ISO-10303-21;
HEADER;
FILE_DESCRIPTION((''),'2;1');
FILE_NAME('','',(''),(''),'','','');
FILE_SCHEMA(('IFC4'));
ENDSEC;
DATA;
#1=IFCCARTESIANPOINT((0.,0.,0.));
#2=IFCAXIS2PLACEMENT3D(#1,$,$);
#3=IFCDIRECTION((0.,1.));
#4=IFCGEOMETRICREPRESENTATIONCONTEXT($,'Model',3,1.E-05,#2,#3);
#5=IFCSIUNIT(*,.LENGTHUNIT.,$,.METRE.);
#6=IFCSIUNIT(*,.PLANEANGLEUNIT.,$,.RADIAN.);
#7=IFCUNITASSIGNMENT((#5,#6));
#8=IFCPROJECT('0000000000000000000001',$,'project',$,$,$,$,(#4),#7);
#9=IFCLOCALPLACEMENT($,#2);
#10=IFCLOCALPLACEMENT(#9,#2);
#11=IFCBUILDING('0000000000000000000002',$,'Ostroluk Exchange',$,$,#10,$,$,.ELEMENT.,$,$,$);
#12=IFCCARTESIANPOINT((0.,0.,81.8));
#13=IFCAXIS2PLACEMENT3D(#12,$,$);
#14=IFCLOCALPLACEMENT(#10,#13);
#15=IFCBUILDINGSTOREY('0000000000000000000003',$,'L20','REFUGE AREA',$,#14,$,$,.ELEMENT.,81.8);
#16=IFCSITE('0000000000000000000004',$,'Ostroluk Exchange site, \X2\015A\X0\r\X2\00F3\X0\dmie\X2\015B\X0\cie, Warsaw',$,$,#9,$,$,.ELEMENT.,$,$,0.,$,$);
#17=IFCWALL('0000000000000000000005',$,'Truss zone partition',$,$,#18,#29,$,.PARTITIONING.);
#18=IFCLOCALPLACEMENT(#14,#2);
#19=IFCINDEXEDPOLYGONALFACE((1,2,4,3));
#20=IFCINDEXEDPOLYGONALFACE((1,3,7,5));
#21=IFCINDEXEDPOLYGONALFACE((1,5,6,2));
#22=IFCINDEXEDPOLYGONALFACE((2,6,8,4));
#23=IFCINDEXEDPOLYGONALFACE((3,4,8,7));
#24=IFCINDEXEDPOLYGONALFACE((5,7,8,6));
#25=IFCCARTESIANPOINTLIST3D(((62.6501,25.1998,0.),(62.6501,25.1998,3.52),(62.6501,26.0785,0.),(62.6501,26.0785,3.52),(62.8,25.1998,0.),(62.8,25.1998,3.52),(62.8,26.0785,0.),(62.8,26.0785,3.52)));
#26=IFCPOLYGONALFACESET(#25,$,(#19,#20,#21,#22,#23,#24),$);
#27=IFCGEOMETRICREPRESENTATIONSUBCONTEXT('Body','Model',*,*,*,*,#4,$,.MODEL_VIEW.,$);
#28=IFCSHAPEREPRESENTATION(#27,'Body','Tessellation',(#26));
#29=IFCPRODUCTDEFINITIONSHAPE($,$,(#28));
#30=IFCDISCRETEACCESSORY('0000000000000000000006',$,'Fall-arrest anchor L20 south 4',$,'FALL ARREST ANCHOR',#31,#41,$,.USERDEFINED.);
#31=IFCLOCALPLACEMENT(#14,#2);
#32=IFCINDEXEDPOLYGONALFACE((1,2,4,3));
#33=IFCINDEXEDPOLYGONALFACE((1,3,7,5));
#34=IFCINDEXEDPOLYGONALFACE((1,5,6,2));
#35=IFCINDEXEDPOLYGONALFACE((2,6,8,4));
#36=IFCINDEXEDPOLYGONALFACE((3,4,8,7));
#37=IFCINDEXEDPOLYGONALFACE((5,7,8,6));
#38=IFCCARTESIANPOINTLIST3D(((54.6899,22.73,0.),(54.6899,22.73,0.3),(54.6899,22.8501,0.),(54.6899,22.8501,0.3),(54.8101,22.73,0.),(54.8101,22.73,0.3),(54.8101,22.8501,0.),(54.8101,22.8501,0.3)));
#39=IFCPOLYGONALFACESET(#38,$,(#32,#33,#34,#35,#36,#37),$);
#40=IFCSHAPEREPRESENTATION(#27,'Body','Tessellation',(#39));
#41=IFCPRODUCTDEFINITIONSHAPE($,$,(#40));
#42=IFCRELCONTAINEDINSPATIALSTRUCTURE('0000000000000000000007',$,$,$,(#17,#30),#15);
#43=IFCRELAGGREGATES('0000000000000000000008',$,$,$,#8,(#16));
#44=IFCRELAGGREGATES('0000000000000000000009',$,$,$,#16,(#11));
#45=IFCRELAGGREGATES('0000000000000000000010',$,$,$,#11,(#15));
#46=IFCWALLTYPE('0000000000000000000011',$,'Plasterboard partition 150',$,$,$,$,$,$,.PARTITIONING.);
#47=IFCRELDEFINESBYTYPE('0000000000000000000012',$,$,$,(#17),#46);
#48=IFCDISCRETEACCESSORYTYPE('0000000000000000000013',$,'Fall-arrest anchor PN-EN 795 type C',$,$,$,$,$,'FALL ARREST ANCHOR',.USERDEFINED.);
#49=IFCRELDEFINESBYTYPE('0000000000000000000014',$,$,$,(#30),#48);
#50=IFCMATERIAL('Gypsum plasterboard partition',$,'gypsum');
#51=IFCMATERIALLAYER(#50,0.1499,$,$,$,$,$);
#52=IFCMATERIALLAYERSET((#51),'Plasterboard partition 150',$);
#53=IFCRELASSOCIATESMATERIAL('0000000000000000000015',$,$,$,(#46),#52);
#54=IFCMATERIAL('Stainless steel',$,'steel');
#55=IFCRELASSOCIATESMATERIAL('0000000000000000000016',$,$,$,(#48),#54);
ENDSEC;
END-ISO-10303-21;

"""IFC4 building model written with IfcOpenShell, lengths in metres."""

from ifc_helpers import new_model, si_unit, direction, frame, frame_2d, origin, origin_2d, place, context, subcontext, project, spatial, rectangle, extrude, material, layer, layer_set, type_object, element, save


model = new_model("IFC4")

# Units and contexts
model_context = context("Model", 3, precision=1e-05, world=origin(), true_north=direction((0.0, 1.0)))
body_context = subcontext(model_context, "Body", "Model", "MODEL_VIEW")
ifc_project = project(units=[si_unit("LENGTHUNIT", "METRE"), si_unit("PLANEANGLEUNIT", "RADIAN")], contexts=[model_context])

# Site, building, storey
site_placement = place(None, origin())
site = spatial("IfcSite", under=ifc_project, at=site_placement, Name="Ostroluk Exchange site, Śródmieście, Warsaw", CompositionType="ELEMENT", RefElevation=0.0)
building_placement = place(site_placement, origin())
building = spatial("IfcBuilding", under=site, at=building_placement, Name="Ostroluk Exchange", CompositionType="ELEMENT")
storey_placement = place(building_placement, frame((0.0, 0.0, 81.8)))
storey = spatial("IfcBuildingStorey", under=building, at=storey_placement, Name="L20", Description="REFUGE AREA", CompositionType="ELEMENT", Elevation=81.8)

# Wall
ifc_material_1 = material(Name="Gypsum plasterboard partition", Category="gypsum")
ifc_layer_1 = layer(ifc_material_1, 0.1499)
ifc_layer_set_1 = layer_set([ifc_layer_1], Name="Plasterboard partition 150")
wall_type_1 = type_object("IfcWallType", Name="Plasterboard partition 150", PredefinedType="PARTITIONING", material=ifc_layer_set_1)
wall_1_placement = place(storey_placement, frame((62.7251, 26.0786, 0.0), z_axis=(0.0, 0.0, 1.0), x_axis=(0.0, -1.0, 0.0)))
element("IfcWall", 1, at=wall_1_placement, inside=storey, type_object=wall_type_1, Name="Truss zone partition", PredefinedType="PARTITIONING", context=body_context, shape_type="SweptSolid", body=[
    extrude(rectangle(XDim=0.8787, YDim=0.1499, at=frame_2d((0.4395, 0.0))), origin(), (0.0, 0.0, 1.0), 3.52),
])

# Discrete accessory
ifc_material_2 = material(Name="Stainless steel", Category="steel")
discrete_accessory_type = type_object("IfcDiscreteAccessoryType", Name="Fall-arrest anchor PN-EN 795 type C", ElementType="FALL ARREST ANCHOR", PredefinedType="USERDEFINED", material=ifc_material_2)
discrete_accessory_placement = place(storey_placement, frame((54.75, 22.79, 0.0), z_axis=(0.0, 0.0, 1.0), x_axis=(1.0, 0.0, 0.0)))
element("IfcDiscreteAccessory", 2, at=discrete_accessory_placement, inside=storey, type_object=discrete_accessory_type, Name="Fall-arrest anchor L20 south 4", ObjectType="FALL ARREST ANCHOR", PredefinedType="USERDEFINED", context=body_context, shape_type="SweptSolid", body=[
    extrude(rectangle(XDim=0.1201, YDim=0.1201, at=origin_2d()), origin(), (0.0, 0.0, 1.0), 0.3),
])

save(model, "model.ifc")
